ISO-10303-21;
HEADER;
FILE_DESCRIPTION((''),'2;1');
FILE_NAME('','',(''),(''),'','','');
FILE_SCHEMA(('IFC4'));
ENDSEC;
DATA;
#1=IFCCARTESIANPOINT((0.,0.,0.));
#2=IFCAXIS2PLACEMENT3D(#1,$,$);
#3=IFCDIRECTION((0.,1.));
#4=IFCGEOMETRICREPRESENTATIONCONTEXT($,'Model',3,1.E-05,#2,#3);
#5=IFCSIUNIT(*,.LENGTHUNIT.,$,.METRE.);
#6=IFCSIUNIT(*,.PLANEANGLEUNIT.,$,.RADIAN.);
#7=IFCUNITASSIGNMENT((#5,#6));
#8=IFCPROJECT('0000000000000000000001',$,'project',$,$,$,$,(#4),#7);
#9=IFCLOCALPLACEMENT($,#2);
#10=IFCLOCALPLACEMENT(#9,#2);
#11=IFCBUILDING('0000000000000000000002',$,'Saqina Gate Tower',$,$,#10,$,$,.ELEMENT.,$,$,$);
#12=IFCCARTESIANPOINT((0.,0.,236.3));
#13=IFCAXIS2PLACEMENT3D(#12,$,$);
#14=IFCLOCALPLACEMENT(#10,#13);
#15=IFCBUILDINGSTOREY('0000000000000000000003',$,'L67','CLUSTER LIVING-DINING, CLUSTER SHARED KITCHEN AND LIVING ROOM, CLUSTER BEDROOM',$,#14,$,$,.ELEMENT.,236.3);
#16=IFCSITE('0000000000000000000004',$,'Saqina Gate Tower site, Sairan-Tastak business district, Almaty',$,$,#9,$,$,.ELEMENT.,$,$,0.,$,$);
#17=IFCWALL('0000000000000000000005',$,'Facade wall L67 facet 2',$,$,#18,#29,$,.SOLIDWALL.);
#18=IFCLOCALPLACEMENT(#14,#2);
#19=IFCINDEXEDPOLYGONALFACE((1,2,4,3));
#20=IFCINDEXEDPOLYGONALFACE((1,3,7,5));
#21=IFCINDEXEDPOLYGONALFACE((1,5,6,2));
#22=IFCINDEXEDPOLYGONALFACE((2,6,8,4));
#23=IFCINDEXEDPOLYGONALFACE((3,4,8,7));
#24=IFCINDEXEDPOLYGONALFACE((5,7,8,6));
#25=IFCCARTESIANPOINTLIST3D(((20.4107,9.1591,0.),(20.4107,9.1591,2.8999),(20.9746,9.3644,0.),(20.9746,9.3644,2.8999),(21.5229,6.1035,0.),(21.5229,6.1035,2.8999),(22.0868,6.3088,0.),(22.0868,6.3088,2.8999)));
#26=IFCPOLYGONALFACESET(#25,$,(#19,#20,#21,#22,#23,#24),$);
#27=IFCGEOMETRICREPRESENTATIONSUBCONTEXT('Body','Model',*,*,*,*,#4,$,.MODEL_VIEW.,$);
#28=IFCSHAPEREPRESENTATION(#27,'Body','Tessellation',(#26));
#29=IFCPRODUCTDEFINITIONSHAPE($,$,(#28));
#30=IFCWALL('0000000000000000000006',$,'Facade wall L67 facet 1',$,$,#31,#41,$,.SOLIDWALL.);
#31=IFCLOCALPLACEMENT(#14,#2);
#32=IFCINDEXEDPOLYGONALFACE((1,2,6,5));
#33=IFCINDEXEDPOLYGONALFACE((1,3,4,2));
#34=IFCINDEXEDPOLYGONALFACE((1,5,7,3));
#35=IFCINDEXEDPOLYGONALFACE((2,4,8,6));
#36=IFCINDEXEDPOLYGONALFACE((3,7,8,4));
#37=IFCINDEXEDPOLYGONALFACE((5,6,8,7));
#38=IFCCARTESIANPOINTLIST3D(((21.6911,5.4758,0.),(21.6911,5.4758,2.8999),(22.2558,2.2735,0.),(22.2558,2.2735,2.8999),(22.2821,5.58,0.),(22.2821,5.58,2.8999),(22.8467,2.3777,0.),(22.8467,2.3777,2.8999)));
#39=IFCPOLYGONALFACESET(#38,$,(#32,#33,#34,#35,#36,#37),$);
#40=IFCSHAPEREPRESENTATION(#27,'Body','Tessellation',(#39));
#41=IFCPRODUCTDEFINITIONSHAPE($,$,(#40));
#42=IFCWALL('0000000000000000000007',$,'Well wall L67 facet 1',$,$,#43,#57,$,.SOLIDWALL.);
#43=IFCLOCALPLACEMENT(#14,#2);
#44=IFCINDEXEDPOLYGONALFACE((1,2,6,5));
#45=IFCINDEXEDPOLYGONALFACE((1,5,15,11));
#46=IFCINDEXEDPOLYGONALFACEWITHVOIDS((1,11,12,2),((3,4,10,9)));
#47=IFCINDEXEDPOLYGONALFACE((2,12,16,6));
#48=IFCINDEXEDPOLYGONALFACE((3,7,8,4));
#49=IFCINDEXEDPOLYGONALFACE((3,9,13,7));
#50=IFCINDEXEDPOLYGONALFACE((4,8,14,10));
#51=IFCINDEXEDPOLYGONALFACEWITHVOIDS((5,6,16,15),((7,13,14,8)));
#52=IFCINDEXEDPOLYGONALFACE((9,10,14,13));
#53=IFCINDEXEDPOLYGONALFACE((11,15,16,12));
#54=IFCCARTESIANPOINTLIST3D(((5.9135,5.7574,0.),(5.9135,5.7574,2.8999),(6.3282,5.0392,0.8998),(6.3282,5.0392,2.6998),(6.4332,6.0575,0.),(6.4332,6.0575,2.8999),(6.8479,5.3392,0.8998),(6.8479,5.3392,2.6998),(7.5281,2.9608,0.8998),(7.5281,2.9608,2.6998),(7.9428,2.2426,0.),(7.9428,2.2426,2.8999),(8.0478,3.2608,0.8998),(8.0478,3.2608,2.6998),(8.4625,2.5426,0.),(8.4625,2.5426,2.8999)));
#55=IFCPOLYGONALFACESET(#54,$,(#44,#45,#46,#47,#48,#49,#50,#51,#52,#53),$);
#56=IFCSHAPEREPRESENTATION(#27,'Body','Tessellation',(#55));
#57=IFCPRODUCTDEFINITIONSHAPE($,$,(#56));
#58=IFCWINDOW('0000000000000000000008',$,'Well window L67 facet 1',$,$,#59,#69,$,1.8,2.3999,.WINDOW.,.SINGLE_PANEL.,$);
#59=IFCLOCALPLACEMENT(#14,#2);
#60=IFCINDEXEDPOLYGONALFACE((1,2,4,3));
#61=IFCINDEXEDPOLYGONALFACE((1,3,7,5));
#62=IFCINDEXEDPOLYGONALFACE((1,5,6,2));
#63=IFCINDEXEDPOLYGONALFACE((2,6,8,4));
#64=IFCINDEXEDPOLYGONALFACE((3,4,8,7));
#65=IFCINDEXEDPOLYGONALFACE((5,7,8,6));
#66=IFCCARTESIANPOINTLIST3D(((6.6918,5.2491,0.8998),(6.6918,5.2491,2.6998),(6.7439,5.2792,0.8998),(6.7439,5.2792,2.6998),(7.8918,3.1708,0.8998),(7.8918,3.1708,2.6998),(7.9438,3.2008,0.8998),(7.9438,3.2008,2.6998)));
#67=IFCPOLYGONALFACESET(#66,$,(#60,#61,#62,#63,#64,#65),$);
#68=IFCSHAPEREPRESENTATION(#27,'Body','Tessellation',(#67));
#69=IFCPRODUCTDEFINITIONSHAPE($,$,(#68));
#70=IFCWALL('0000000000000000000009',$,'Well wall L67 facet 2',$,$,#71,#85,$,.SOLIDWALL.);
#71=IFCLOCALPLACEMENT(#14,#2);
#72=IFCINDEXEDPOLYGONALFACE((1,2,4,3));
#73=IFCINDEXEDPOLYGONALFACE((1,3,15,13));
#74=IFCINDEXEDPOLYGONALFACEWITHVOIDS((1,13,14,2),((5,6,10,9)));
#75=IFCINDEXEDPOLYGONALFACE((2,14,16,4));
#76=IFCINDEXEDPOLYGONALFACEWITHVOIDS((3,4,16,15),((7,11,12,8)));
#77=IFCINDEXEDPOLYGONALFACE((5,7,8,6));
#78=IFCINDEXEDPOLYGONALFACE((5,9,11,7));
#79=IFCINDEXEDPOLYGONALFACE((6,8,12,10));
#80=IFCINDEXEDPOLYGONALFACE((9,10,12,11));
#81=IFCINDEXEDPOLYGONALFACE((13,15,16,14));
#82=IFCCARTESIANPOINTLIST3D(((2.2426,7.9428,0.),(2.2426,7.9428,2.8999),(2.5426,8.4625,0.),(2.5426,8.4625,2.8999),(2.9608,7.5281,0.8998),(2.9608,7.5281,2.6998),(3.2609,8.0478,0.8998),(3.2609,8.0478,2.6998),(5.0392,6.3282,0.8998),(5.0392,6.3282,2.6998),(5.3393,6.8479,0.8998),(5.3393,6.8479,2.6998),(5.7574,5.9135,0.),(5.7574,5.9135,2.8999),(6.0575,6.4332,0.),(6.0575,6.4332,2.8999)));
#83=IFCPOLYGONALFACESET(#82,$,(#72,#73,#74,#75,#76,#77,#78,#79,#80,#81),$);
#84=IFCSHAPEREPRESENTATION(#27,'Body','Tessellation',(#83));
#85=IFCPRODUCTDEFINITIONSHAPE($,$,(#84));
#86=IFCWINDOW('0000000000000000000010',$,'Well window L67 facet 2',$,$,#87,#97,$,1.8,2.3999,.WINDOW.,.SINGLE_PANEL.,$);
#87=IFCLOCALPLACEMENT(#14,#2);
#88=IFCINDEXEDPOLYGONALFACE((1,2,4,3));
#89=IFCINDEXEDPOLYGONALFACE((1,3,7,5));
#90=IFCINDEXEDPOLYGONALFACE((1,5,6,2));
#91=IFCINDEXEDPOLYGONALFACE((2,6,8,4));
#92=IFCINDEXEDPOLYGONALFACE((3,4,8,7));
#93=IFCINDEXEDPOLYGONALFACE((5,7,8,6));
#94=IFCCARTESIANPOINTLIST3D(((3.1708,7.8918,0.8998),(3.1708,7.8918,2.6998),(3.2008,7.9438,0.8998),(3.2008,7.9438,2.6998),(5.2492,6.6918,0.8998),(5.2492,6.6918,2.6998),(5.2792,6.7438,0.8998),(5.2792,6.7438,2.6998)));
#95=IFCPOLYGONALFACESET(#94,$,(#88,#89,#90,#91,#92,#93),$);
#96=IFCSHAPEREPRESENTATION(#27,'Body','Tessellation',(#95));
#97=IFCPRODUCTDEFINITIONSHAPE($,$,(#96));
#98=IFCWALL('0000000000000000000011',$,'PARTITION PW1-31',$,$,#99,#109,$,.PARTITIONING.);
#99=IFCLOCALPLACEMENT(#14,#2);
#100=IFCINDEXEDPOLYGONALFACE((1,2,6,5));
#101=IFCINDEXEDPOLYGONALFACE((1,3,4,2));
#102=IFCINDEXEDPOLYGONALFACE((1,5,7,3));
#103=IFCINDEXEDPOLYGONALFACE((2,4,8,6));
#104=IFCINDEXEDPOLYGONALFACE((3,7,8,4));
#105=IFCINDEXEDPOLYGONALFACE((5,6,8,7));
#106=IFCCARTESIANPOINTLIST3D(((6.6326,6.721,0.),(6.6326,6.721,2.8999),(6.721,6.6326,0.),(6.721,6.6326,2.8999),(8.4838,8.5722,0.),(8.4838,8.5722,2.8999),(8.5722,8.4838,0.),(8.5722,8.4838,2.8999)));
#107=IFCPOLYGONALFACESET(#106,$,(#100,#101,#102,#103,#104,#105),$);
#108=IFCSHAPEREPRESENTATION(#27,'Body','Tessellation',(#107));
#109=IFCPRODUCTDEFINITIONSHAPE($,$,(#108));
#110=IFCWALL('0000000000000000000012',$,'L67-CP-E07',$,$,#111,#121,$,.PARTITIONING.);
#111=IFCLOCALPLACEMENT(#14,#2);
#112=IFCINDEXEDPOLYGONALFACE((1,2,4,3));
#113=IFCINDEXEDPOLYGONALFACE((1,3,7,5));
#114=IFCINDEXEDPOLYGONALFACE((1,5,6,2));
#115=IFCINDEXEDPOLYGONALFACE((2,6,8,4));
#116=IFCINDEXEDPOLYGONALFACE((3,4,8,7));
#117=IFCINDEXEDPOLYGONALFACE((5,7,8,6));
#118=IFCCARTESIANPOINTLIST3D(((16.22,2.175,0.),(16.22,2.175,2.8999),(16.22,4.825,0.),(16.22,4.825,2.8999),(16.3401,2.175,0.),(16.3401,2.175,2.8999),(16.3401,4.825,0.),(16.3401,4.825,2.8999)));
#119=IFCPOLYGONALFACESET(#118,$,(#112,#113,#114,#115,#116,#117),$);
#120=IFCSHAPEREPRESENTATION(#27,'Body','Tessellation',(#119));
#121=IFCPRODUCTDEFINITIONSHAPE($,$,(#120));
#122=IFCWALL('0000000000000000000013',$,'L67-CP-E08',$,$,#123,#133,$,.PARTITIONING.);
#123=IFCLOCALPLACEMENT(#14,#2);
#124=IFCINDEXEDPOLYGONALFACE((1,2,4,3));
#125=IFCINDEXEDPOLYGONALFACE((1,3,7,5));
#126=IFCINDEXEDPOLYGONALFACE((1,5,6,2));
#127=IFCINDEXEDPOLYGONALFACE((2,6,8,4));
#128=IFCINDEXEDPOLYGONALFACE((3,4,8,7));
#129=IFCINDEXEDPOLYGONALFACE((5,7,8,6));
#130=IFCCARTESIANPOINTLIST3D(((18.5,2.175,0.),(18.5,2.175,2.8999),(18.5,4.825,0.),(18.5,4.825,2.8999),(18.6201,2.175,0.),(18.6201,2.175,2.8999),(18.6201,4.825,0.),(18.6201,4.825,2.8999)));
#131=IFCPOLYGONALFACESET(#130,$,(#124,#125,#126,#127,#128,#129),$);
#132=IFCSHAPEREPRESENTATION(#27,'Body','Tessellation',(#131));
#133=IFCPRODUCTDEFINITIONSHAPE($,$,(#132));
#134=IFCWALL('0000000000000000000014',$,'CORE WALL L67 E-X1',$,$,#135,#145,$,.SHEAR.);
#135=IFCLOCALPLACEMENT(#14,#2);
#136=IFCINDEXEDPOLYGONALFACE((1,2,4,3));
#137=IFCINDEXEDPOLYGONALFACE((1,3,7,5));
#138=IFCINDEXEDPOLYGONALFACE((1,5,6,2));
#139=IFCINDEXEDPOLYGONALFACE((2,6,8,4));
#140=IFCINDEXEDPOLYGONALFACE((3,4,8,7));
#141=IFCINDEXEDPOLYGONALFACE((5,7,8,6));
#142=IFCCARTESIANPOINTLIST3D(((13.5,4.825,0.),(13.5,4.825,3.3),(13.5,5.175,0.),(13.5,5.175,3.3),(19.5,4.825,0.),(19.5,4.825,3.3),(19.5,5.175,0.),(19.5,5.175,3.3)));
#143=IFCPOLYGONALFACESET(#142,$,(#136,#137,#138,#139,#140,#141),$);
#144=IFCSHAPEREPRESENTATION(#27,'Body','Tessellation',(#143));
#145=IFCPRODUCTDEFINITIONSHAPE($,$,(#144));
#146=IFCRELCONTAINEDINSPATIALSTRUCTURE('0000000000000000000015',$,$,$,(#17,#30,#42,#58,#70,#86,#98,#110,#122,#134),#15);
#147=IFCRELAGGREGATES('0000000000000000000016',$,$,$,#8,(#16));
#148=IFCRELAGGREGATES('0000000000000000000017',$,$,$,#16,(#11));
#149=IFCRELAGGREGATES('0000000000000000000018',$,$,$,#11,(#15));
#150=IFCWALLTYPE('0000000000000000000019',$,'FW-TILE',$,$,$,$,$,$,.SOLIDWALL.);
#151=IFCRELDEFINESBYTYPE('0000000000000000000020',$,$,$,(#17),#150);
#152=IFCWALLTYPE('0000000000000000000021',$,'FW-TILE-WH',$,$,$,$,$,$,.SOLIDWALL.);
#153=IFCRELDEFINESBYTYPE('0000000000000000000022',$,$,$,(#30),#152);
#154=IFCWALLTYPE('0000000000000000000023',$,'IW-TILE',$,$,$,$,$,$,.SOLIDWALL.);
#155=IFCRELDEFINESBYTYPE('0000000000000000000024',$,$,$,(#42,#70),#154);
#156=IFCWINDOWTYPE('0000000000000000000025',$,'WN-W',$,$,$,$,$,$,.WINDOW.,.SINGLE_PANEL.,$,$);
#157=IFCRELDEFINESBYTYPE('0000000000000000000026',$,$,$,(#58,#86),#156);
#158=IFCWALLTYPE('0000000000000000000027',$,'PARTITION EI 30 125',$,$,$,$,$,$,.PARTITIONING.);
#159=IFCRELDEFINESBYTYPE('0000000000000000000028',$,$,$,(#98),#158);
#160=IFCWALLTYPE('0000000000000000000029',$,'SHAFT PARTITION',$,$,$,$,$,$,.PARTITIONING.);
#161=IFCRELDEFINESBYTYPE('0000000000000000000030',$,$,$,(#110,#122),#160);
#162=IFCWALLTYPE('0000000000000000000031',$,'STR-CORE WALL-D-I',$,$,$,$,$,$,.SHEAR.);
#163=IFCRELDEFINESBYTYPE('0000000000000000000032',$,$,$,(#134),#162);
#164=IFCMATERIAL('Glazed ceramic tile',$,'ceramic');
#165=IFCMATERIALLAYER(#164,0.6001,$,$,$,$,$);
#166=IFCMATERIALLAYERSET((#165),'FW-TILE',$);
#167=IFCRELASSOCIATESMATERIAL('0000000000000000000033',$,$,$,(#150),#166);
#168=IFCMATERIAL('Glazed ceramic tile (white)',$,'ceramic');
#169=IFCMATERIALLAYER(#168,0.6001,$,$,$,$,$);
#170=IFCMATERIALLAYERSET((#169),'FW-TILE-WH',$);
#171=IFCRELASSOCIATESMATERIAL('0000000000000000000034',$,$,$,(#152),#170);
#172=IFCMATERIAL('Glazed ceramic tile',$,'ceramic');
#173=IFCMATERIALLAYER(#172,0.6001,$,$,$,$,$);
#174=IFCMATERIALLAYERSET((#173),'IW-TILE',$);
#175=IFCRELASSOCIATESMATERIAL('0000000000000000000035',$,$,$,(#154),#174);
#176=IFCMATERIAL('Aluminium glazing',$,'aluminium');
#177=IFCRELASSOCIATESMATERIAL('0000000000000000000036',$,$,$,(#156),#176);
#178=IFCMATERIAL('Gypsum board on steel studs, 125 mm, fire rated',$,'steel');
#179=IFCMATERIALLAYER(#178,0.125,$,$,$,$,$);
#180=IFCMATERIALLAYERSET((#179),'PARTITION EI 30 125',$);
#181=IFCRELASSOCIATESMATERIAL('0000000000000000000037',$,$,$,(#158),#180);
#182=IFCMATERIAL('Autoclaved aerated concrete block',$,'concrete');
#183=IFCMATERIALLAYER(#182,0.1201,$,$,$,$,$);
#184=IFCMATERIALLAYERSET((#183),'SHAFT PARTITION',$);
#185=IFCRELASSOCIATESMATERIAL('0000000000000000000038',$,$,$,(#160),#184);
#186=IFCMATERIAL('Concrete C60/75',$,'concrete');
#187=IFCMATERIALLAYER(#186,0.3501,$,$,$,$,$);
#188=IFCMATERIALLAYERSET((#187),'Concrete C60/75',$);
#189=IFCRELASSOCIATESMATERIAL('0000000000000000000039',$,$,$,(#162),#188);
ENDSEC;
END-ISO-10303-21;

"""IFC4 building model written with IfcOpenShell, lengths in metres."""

from ifc_helpers import new_model, si_unit, direction, frame, frame_2d, origin, place, context, subcontext, project, spatial, rectangle, extrude, material, layer, layer_set, type_object, element, fill, save


model = new_model("IFC4")

# Units and contexts
model_context = context("Model", 3, precision=1e-05, world=origin(), true_north=direction((0.0, 1.0)))
body_context = subcontext(model_context, "Body", "Model", "MODEL_VIEW")
ifc_project = project(units=[si_unit("LENGTHUNIT", "METRE"), si_unit("PLANEANGLEUNIT", "RADIAN")], contexts=[model_context])

# Site, building, storey
site_placement = place(None, origin())
site = spatial("IfcSite", under=ifc_project, at=site_placement, Name="Saqina Gate Tower site, Sairan-Tastak business district, Almaty", CompositionType="ELEMENT", RefElevation=0.0)
building_placement = place(site_placement, origin())
building = spatial("IfcBuilding", under=site, at=building_placement, Name="Saqina Gate Tower", CompositionType="ELEMENT")
storey_placement = place(building_placement, frame((0.0, 0.0, 236.3)))
storey = spatial("IfcBuildingStorey", under=building, at=storey_placement, Name="L67", Description="CLUSTER LIVING-DINING, CLUSTER SHARED KITCHEN AND LIVING ROOM, CLUSTER BEDROOM", CompositionType="ELEMENT", Elevation=236.3)

# Walls
ifc_material_1 = material(Name="Glazed ceramic tile", Category="ceramic")
ifc_layer_1 = layer(ifc_material_1, 0.6001)
ifc_layer_set_1 = layer_set([ifc_layer_1], Name="FW-TILE")
wall_type_1 = type_object("IfcWallType", Name="FW-TILE", PredefinedType="SOLIDWALL", material=ifc_layer_set_1)
wall_1_placement = place(storey_placement, frame((21.8049, 6.2061, 0.0), z_axis=(0.0, 0.0, 1.0), x_axis=(-0.342057, 0.939679, 0.0)))
element("IfcWall", 1, at=wall_1_placement, inside=storey, type_object=wall_type_1, Name="Facade wall L67 facet 2", PredefinedType="SOLIDWALL", context=body_context, shape_type="SweptSolid", body=[
    extrude(rectangle(XDim=3.2517, YDim=0.6001, at=frame_2d((1.626, 0.0))), origin(), (0.0, 0.0, 1.0), 2.8999),
])
ifc_material_2 = material(Name="Glazed ceramic tile (white)", Category="ceramic")
ifc_layer_2 = layer(ifc_material_2, 0.6001)
ifc_layer_set_2 = layer_set([ifc_layer_2], Name="FW-TILE-WH")
wall_type_2 = type_object("IfcWallType", Name="FW-TILE-WH", PredefinedType="SOLIDWALL", material=ifc_layer_set_2)
wall_2_placement = place(storey_placement, frame((22.5513, 2.3254, 0.0), z_axis=(0.0, 0.0, 1.0), x_axis=(-0.173657, 0.984806, 0.0)))
element("IfcWall", 2, at=wall_2_placement, inside=storey, type_object=wall_type_2, Name="Facade wall L67 facet 1", PredefinedType="SOLIDWALL", context=body_context, shape_type="SweptSolid", body=[
    extrude(rectangle(XDim=3.2517, YDim=0.6001, at=frame_2d((1.626, 0.0))), origin(), (0.0, 0.0, 1.0), 2.8999),
])

# Walls, openings, windows
ifc_material_3 = material(Name="Glazed ceramic tile", Category="ceramic")
ifc_layer_3 = layer(ifc_material_3, 0.6001)
ifc_layer_set_3 = layer_set([ifc_layer_3], Name="IW-TILE")
wall_type_3 = type_object("IfcWallType", Name="IW-TILE", PredefinedType="SOLIDWALL", material=ifc_layer_set_3)
wall_3_placement = place(storey_placement, frame((8.2026, 2.3926, 0.0), z_axis=(0.0, 0.0, 1.0), x_axis=(-0.499995, 0.866028, 0.0)))
wall_3 = element("IfcWall", 3, at=wall_3_placement, inside=storey, type_object=wall_type_3, Name="Well wall L67 facet 1", PredefinedType="SOLIDWALL", context=body_context, shape_type="SweptSolid", body=[
    extrude(rectangle(XDim=4.0586, YDim=0.6001, at=frame_2d((2.0293, 0.0))), origin(), (0.0, 0.0, 1.0), 2.8999),
])
opening_1_placement = place(wall_3_placement, frame((0.8293, 0.0, 0.8999)))
opening_1 = element("IfcOpeningElement", 4, at=opening_1_placement, cuts=wall_3, PredefinedType="OPENING", context=body_context, shape_type="SweptSolid", body=[
    extrude(rectangle(XDim=2.3999, YDim=1.8, at=frame_2d((1.2, 0.8999))), frame((0.0, 0.312, 0.0), z_axis=(0.0, -1.0, 0.0), x_axis=(1.0, 0.0, 0.0)), (0.0, 0.0, 1.0), 0.624),
])
ifc_material_4 = material(Name="Aluminium glazing", Category="aluminium")
window_type = type_object("IfcWindowType", Name="WN-W", PartitioningType="SINGLE_PANEL", PredefinedType="WINDOW", material=ifc_material_4)
window_1_placement = place(opening_1_placement, origin())
window_1 = element("IfcWindow", 5, at=window_1_placement, inside=storey, type_object=window_type, Name="Well window L67 facet 1", OverallHeight=1.8, OverallWidth=2.3999, PartitioningType="SINGLE_PANEL", PredefinedType="WINDOW", context=body_context, shape_type="SweptSolid", body=[
    extrude(rectangle(XDim=2.3999, YDim=1.8, at=frame_2d((1.2, 0.8999))), frame((0.0, -0.1199, 0.0), z_axis=(0.0, -1.0, 0.0), x_axis=(1.0, 0.0, 0.0)), (0.0, 0.0, 1.0), 0.0601),
])
fill(opening_1, window_1)
wall_4_placement = place(storey_placement, frame((5.9075, 6.1733, 0.0), z_axis=(0.0, 0.0, 1.0), x_axis=(-0.866028, 0.499995, 0.0)))
wall_4 = element("IfcWall", 6, at=wall_4_placement, inside=storey, type_object=wall_type_3, Name="Well wall L67 facet 2", PredefinedType="SOLIDWALL", context=body_context, shape_type="SweptSolid", body=[
    extrude(rectangle(XDim=4.0586, YDim=0.6001, at=frame_2d((2.0293, 0.0))), origin(), (0.0, 0.0, 1.0), 2.8999),
])
opening_2_placement = place(wall_4_placement, frame((0.8293, 0.0, 0.8999)))
opening_2 = element("IfcOpeningElement", 7, at=opening_2_placement, cuts=wall_4, PredefinedType="OPENING", context=body_context, shape_type="SweptSolid", body=[
    extrude(rectangle(XDim=2.3999, YDim=1.8, at=frame_2d((1.2, 0.8999))), frame((0.0, 0.312, 0.0), z_axis=(0.0, -1.0, 0.0), x_axis=(1.0, 0.0, 0.0)), (0.0, 0.0, 1.0), 0.624),
])
window_2_placement = place(opening_2_placement, origin())
window_2 = element("IfcWindow", 8, at=window_2_placement, inside=storey, type_object=window_type, Name="Well window L67 facet 2", OverallHeight=1.8, OverallWidth=2.3999, PartitioningType="SINGLE_PANEL", PredefinedType="WINDOW", context=body_context, shape_type="SweptSolid", body=[
    extrude(rectangle(XDim=2.3999, YDim=1.8, at=frame_2d((1.2, 0.8999))), frame((0.0, -0.1199, 0.0), z_axis=(0.0, -1.0, 0.0), x_axis=(1.0, 0.0, 0.0)), (0.0, 0.0, 1.0), 0.0601),
])
fill(opening_2, window_2)

# Walls
ifc_material_5 = material(Name="Gypsum board on steel studs, 125 mm, fire rated", Category="steel")
ifc_layer_4 = layer(ifc_material_5, 0.125)
ifc_layer_set_4 = layer_set([ifc_layer_4], Name="PARTITION EI 30 125")
wall_type_4 = type_object("IfcWallType", Name="PARTITION EI 30 125", PredefinedType="PARTITIONING", material=ifc_layer_set_4)
wall_5_placement = place(storey_placement, frame((6.6768, 6.6768, 0.0), z_axis=(0.0, 0.0, 1.0), x_axis=(0.707107, 0.707107, 0.0)))
element("IfcWall", 9, at=wall_5_placement, inside=storey, type_object=wall_type_4, Name="PARTITION PW1-31", PredefinedType="PARTITIONING", context=body_context, shape_type="SweptSolid", body=[
    extrude(rectangle(XDim=2.6179, YDim=0.125, at=frame_2d((1.3091, 0.0))), origin(), (0.0, 0.0, 1.0), 2.8999),
])
ifc_material_6 = material(Name="Autoclaved aerated concrete block", Category="concrete")
ifc_layer_5 = layer(ifc_material_6, 0.1201)
ifc_layer_set_5 = layer_set([ifc_layer_5], Name="SHAFT PARTITION")
wall_type_5 = type_object("IfcWallType", Name="SHAFT PARTITION", PredefinedType="PARTITIONING", material=ifc_layer_set_5)
for number, where, z_axis, x_axis, name in (
    (10, (16.28, 2.175, 0.0), (0.0, 0.0, 1.0), (0.0, 1.0, 0.0), "L67-CP-E07"),
    (11, (18.5601, 2.175, 0.0), (0.0, 0.0, 1.0), (0.0, 1.0, 0.0), "L67-CP-E08"),
):
    element("IfcWall", number, at=place(storey_placement, frame(where, z_axis=z_axis, x_axis=x_axis)), inside=storey, type_object=wall_type_5, Name=name, PredefinedType="PARTITIONING", context=body_context, shape_type="SweptSolid", body=[
        extrude(rectangle(XDim=2.6499, YDim=0.1201, at=frame_2d((1.325, 0.0))), origin(), (0.0, 0.0, 1.0), 2.8999),
    ])
ifc_material_7 = material(Name="Concrete C60/75", Category="concrete")
ifc_layer_6 = layer(ifc_material_7, 0.3501)
ifc_layer_set_6 = layer_set([ifc_layer_6], Name="Concrete C60/75")
wall_type_6 = type_object("IfcWallType", Name="STR-CORE WALL-D-I", PredefinedType="SHEAR", material=ifc_layer_set_6)
wall_6_placement = place(storey_placement, frame((13.5, 5.0, 0.0), z_axis=(0.0, 0.0, 1.0), x_axis=(1.0, 0.0, 0.0)))
element("IfcWall", 12, at=wall_6_placement, inside=storey, type_object=wall_type_6, Name="CORE WALL L67 E-X1", PredefinedType="SHEAR", context=body_context, shape_type="SweptSolid", body=[
    extrude(rectangle(XDim=6.0, YDim=0.3501, at=frame_2d((3.0, 0.0))), origin(), (0.0, 0.0, 1.0), 3.3),
])

save(model, "model.ifc")
